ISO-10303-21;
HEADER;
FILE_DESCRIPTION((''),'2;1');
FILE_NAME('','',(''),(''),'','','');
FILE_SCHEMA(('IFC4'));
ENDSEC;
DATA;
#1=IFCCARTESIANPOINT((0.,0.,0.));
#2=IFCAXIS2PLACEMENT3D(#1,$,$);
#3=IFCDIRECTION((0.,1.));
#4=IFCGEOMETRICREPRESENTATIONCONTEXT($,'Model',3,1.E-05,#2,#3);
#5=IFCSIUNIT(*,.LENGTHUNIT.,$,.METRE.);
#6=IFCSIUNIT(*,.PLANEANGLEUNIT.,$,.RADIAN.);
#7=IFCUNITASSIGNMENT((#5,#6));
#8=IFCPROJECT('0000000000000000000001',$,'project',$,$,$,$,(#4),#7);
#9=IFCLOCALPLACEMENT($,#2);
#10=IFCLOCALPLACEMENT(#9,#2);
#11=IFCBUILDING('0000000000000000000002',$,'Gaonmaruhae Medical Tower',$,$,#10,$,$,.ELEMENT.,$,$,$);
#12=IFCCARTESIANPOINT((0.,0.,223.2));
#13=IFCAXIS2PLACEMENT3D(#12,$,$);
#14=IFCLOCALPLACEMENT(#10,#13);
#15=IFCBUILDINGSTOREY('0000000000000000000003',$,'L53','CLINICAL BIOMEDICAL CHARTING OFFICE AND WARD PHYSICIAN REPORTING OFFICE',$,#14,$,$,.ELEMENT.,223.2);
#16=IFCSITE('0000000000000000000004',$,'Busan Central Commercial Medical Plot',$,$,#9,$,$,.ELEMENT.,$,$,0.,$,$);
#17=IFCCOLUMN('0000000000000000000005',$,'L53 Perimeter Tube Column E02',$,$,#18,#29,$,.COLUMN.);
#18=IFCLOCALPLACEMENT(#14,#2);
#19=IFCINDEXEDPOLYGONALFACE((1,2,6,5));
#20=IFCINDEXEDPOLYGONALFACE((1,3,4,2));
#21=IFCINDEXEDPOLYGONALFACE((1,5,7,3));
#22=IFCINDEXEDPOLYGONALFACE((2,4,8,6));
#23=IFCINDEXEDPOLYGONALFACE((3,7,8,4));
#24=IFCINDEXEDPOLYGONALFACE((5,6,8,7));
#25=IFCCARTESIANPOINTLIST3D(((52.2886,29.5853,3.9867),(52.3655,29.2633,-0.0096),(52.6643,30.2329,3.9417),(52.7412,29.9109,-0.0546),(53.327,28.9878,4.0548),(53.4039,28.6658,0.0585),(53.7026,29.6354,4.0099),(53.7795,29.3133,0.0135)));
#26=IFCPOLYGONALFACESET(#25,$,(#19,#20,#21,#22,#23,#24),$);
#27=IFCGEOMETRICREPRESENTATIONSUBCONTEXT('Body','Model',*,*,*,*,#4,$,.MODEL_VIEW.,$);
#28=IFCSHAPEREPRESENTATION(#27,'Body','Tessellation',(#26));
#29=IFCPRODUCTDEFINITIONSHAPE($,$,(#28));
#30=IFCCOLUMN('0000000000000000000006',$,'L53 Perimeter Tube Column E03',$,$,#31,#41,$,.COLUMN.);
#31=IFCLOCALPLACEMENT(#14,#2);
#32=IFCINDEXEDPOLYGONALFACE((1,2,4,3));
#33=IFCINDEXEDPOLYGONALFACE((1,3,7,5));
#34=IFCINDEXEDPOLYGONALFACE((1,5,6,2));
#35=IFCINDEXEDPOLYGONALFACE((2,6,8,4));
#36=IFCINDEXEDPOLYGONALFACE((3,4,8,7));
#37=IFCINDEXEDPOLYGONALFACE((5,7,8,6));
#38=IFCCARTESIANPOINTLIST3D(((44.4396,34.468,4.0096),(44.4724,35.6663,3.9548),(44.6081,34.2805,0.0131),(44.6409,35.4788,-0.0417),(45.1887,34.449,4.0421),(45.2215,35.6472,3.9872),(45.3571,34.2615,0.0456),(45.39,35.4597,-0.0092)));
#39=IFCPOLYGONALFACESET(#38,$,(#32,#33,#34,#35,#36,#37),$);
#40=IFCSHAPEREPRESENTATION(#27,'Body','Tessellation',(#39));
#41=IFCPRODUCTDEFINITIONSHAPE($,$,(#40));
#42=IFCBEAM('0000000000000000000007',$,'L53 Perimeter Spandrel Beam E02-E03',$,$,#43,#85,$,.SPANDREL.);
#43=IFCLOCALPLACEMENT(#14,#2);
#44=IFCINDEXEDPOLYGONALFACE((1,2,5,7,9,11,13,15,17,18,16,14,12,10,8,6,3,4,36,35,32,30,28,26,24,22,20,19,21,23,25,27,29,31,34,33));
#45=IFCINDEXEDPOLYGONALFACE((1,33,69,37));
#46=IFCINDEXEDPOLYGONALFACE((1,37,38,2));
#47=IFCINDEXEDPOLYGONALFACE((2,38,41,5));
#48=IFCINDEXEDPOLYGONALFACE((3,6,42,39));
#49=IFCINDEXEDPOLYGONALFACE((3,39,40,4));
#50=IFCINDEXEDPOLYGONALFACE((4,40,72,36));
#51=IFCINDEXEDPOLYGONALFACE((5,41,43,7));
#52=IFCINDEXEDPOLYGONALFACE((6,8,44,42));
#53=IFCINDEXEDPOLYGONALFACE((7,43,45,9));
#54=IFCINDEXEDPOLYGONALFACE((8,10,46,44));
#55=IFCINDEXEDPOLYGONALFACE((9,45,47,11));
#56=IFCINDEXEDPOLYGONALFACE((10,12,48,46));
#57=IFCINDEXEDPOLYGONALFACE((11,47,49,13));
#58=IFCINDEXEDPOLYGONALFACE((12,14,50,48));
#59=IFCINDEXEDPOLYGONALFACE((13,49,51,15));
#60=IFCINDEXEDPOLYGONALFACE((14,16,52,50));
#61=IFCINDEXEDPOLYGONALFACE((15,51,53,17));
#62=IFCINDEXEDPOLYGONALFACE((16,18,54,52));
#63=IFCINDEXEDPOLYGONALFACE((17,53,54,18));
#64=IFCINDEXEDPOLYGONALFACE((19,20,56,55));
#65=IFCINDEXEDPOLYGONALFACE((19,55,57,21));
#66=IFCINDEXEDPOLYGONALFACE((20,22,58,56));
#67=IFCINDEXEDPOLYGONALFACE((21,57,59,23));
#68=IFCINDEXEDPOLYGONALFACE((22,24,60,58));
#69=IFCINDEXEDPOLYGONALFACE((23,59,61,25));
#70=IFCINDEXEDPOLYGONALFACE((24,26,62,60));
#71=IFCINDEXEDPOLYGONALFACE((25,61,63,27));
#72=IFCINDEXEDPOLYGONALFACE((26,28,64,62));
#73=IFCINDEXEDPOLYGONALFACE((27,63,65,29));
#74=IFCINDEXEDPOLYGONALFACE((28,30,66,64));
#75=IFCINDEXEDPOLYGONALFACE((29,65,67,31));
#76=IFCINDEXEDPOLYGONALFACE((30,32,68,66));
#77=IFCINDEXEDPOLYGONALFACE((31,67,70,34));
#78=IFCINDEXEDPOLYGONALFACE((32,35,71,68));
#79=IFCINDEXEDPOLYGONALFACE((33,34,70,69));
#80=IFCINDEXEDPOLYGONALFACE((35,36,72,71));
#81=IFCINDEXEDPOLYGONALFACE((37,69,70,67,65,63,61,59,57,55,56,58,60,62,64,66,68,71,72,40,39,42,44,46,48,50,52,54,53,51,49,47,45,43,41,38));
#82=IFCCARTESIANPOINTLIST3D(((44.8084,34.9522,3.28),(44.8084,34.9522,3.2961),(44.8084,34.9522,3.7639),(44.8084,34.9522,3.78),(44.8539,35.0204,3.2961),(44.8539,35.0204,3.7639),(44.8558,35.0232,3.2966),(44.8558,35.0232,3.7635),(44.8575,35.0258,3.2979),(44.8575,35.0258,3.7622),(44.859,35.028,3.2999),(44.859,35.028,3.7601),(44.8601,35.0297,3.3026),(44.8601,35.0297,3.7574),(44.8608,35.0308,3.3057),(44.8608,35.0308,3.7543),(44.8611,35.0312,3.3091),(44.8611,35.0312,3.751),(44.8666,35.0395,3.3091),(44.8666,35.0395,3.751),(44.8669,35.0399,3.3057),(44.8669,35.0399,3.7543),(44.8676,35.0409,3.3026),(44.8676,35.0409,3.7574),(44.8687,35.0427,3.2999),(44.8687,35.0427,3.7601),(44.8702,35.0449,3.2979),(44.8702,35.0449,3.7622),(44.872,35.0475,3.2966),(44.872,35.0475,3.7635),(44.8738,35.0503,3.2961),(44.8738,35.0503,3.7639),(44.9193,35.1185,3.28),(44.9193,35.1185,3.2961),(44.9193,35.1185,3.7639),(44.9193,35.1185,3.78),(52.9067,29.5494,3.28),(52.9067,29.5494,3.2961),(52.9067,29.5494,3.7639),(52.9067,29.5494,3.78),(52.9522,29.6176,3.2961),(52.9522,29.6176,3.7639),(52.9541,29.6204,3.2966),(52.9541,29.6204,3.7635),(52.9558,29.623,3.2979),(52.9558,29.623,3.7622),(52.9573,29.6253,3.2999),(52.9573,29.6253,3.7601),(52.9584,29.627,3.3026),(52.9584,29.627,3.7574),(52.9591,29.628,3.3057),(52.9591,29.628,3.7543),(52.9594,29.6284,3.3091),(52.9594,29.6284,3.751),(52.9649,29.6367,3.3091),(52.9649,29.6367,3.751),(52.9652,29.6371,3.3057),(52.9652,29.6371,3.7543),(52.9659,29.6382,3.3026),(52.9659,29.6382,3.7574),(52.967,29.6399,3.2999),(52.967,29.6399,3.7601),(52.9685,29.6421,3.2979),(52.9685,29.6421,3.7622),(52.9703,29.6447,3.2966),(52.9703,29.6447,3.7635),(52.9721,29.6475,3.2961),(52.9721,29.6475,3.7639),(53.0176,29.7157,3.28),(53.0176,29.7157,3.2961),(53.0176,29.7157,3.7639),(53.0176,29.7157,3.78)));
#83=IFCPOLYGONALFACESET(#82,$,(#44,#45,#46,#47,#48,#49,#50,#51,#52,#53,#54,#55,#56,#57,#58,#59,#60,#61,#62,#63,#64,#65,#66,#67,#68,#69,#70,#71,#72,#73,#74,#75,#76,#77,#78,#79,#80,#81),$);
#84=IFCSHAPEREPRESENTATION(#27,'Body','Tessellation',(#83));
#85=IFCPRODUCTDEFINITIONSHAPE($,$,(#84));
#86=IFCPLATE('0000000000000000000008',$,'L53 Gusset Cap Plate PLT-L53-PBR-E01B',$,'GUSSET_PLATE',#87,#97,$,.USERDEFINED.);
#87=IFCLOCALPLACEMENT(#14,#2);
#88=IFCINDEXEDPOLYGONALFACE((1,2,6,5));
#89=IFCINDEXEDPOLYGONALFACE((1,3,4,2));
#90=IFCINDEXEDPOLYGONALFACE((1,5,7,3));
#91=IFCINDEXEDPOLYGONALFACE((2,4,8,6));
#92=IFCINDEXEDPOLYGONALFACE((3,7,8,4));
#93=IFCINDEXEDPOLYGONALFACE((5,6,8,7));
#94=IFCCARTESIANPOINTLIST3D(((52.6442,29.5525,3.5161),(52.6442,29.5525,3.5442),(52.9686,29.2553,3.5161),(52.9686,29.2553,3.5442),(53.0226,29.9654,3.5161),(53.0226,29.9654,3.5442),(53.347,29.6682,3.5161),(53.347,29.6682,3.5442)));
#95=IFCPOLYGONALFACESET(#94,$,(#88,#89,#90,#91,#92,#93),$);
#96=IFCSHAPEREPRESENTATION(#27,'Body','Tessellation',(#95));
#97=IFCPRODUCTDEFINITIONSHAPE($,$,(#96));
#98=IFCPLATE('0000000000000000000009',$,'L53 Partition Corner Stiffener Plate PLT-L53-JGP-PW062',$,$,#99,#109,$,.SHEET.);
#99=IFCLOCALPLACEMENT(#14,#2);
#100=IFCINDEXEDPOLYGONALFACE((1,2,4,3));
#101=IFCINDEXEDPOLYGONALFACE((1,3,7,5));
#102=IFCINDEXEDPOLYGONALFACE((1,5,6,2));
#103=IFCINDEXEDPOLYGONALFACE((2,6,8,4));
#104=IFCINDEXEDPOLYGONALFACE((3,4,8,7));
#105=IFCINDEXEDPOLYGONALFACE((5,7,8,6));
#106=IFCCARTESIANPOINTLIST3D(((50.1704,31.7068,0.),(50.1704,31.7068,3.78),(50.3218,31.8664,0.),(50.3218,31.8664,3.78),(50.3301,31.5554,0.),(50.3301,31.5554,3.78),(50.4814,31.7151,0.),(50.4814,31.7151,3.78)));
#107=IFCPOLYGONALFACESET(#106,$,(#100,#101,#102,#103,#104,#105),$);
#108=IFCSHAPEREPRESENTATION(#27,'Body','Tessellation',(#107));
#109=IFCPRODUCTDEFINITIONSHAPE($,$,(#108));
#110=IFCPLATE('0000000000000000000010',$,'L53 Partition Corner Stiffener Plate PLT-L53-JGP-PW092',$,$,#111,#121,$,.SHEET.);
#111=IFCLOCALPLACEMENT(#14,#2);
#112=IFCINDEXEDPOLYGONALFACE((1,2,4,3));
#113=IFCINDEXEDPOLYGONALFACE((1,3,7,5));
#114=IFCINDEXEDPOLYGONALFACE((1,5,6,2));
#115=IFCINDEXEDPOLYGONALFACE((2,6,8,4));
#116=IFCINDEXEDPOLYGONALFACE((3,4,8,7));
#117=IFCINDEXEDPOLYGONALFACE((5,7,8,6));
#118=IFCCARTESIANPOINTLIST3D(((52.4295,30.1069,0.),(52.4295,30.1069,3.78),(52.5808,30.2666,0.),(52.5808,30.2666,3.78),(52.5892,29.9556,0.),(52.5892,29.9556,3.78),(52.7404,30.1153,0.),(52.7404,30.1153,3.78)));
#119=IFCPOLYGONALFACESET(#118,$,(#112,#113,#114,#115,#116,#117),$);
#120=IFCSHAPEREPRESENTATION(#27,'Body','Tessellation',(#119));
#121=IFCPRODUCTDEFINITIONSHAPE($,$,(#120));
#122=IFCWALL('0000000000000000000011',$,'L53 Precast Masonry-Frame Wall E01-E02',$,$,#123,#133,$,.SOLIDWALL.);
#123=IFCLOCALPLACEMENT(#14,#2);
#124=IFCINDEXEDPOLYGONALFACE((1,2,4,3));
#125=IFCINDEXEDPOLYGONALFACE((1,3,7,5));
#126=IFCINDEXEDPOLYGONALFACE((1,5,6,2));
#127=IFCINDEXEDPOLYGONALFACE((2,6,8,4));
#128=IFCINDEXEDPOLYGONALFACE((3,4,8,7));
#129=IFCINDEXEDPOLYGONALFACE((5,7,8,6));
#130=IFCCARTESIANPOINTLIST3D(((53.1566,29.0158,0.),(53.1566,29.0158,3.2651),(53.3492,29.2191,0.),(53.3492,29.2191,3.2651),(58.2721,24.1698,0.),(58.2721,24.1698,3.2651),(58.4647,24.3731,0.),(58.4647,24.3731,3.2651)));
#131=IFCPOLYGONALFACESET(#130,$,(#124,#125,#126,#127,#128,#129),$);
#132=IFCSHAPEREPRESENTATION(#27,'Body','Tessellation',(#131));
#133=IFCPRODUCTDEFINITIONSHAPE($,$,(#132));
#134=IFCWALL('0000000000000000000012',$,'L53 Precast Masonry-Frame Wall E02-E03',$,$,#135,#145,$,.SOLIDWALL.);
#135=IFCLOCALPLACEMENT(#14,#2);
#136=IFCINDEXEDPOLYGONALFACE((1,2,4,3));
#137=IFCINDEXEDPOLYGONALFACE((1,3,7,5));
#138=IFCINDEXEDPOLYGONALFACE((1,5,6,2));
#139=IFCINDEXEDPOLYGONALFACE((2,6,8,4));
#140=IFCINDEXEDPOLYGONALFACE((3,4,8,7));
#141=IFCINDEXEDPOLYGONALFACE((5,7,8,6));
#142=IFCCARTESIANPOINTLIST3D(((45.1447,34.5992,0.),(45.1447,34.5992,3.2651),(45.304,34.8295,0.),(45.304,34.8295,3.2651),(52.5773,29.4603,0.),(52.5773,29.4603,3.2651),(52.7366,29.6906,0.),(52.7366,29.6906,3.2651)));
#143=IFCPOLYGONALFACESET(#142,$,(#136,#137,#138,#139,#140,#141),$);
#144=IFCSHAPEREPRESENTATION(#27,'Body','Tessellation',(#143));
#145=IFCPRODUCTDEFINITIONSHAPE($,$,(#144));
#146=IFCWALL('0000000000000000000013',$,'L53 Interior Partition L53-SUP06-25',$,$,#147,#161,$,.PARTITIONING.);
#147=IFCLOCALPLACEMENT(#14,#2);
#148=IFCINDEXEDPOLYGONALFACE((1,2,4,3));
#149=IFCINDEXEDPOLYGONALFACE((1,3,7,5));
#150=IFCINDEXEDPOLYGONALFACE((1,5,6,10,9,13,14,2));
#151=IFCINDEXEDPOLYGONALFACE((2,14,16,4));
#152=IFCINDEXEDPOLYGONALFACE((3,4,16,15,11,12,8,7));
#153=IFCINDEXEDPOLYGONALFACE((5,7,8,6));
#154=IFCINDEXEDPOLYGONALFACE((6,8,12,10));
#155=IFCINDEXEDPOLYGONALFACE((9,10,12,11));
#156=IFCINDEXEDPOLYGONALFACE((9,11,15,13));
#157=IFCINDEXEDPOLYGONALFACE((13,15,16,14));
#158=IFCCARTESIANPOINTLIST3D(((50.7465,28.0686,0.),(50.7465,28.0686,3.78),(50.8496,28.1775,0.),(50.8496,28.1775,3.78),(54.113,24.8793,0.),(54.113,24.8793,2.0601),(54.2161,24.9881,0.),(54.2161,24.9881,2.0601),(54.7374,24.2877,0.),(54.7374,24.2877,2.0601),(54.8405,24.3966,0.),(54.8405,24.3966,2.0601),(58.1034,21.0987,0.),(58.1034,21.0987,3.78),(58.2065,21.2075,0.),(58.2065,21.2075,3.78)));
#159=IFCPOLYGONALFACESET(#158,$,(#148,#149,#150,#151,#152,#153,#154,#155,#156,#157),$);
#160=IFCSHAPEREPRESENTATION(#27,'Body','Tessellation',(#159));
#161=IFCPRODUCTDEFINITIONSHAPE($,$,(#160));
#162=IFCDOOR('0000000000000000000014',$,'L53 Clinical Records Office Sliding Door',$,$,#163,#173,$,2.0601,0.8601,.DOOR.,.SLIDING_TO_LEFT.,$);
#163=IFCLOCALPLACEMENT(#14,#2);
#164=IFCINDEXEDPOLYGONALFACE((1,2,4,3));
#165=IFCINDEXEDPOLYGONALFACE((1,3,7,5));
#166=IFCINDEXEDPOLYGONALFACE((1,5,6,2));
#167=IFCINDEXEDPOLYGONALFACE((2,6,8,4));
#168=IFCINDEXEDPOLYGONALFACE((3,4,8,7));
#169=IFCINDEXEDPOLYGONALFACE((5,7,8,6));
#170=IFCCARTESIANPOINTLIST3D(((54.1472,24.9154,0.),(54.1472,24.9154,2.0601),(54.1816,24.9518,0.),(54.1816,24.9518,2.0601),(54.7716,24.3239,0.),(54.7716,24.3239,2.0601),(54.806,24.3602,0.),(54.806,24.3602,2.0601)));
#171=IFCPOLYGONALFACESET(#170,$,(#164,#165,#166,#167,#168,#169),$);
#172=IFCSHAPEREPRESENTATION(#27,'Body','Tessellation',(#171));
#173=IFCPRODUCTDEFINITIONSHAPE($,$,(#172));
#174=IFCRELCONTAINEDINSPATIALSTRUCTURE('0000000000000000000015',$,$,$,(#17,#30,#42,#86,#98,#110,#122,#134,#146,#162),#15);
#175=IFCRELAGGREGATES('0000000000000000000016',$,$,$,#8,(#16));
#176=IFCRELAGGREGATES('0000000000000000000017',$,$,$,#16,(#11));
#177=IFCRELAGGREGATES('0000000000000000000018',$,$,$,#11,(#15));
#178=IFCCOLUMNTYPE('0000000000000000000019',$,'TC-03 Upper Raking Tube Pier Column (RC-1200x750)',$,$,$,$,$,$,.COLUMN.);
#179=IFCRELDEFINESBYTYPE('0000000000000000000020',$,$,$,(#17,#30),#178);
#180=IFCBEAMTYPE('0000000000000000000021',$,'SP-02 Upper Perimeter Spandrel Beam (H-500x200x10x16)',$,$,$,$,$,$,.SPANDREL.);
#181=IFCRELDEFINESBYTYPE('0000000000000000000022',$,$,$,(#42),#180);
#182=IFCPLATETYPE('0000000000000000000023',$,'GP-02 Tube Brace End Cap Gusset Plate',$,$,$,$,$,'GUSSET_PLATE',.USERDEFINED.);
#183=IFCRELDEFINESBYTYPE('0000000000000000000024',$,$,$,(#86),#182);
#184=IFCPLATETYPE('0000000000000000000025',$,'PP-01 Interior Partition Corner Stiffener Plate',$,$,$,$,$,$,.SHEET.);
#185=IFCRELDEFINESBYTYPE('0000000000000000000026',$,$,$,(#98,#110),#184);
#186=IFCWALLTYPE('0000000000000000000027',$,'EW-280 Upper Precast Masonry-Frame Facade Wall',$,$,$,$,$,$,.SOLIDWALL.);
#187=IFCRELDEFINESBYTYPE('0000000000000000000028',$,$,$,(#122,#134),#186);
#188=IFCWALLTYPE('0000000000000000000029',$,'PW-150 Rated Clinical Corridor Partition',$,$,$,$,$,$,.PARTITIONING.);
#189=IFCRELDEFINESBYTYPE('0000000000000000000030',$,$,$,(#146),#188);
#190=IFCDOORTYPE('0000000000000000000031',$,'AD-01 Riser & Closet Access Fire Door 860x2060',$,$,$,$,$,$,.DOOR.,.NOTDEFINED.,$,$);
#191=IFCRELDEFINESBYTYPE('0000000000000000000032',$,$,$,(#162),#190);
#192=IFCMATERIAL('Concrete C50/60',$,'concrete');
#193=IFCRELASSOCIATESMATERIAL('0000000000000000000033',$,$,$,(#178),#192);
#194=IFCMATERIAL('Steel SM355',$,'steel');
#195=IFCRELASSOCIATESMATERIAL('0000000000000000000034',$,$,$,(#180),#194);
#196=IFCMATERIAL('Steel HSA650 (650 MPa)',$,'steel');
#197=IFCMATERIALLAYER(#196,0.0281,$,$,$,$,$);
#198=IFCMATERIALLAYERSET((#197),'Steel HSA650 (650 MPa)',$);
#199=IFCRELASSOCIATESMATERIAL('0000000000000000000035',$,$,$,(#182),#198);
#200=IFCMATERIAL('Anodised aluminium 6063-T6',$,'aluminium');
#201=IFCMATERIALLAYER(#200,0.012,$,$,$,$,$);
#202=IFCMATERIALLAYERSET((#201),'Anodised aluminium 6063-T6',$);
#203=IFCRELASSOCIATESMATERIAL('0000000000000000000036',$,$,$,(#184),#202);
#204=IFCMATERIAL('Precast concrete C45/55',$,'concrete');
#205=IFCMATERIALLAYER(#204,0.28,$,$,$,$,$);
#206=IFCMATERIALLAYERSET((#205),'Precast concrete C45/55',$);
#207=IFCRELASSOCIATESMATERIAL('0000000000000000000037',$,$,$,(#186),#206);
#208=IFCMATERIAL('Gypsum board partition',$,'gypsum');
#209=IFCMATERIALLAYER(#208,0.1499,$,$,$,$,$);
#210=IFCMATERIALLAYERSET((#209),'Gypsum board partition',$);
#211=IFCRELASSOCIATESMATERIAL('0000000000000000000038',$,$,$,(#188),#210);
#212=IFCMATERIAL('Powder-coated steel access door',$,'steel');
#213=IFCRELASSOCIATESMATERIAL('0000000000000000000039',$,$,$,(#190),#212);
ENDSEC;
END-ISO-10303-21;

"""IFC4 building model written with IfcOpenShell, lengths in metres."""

from ifc_helpers import new_model, si_unit, direction, frame, frame_2d, origin, origin_2d, place, context, subcontext, project, spatial, rectangle, i_section, extrude, material, layer, layer_set, material_profile, profile_set, type_object, element, fill, save


model = new_model("IFC4")

# Units and contexts
model_context = context("Model", 3, precision=1e-05, world=origin(), true_north=direction((0.0, 1.0)))
body_context = subcontext(model_context, "Body", "Model", "MODEL_VIEW")
ifc_project = project(units=[si_unit("LENGTHUNIT", "METRE"), si_unit("PLANEANGLEUNIT", "RADIAN")], contexts=[model_context])

# Site, building, storey
site_placement = place(None, origin())
site = spatial("IfcSite", under=ifc_project, at=site_placement, Name="Busan Central Commercial Medical Plot", CompositionType="ELEMENT", RefElevation=0.0)
building_placement = place(site_placement, origin())
building = spatial("IfcBuilding", under=site, at=building_placement, Name="Gaonmaruhae Medical Tower", CompositionType="ELEMENT")
storey_placement = place(building_placement, frame((0.0, 0.0, 223.2)))
storey = spatial("IfcBuildingStorey", under=building, at=storey_placement, Name="L53", Description="CLINICAL BIOMEDICAL CHARTING OFFICE AND WARD PHYSICIAN REPORTING OFFICE", CompositionType="ELEMENT", Elevation=223.2)

# Columns
ifc_material_1 = material(Name="Concrete C50/60", Category="concrete")
ifc_material_profile_1 = material_profile(ifc_material_1, rectangle(XDim=1.2, YDim=0.75, at=origin_2d()), Name="RC-1200x750")
ifc_profile_set_1 = profile_set([ifc_material_profile_1], Name="Concrete C50/60")
column_type = type_object("IfcColumnType", Name="TC-03 Upper Raking Tube Pier Column (RC-1200x750)", PredefinedType="COLUMN", material=ifc_profile_set_1)
column_1_placement = place(storey_placement, frame((53.0725, 29.2883, 0.002), z_axis=(-0.019178, 0.080304, 0.996586), x_axis=(0.86532, -0.497994, 0.05678)))
element("IfcColumn", 1, at=column_1_placement, inside=storey, type_object=column_type, Name="L53 Perimeter Tube Column E02", PredefinedType="COLUMN", context=body_context, shape_type="SweptSolid", body=[
    extrude(rectangle(XDim=1.2, YDim=0.75, at=origin_2d()), origin(), (0.0, 0.0, 1.0), 4.01),
])
column_2_placement = place(storey_placement, frame((44.999, 34.8701, 0.002), z_axis=(-0.042069, 0.046825, 0.998017), x_axis=(-0.027354, -0.998581, 0.045698)))
element("IfcColumn", 2, at=column_2_placement, inside=storey, type_object=column_type, Name="L53 Perimeter Tube Column E03", PredefinedType="COLUMN", context=body_context, shape_type="SweptSolid", body=[
    extrude(rectangle(XDim=1.2, YDim=0.75, at=origin_2d()), origin(), (0.0, 0.0, 1.0), 4.0044),
])

# Beam
ifc_material_2 = material(Name="Steel SM355", Category="steel")
ifc_material_profile_2 = material_profile(ifc_material_2, i_section(OverallWidth=0.2, OverallDepth=0.5, WebThickness=0.01, FlangeThickness=0.0161, FilletRadius=0.0129, at=origin_2d()), Name="H-500x200x10x16")
ifc_profile_set_2 = profile_set([ifc_material_profile_2], Name="Steel SM355")
beam_type = type_object("IfcBeamType", Name="SP-02 Upper Perimeter Spandrel Beam (H-500x200x10x16)", PredefinedType="SPANDREL", material=ifc_profile_set_2)
beam_placement = place(storey_placement, frame((52.9622, 29.6326, 3.53), z_axis=(-0.831865, 0.554978, 0.0), x_axis=(-0.554978, -0.831865, 0.0)))
element("IfcBeam", 3, at=beam_placement, inside=storey, type_object=beam_type, Name="L53 Perimeter Spandrel Beam E02-E03", PredefinedType="SPANDREL", context=body_context, shape_type="SweptSolid", body=[
    extrude(i_section(OverallWidth=0.2, OverallDepth=0.5, WebThickness=0.01, FlangeThickness=0.0161, FilletRadius=0.0129, at=origin_2d()), origin(), (0.0, 0.0, 1.0), 9.7351),
])

# Plates
ifc_material_3 = material(Name="Steel HSA650 (650 MPa)", Category="steel")
ifc_layer_1 = layer(ifc_material_3, 0.0281)
ifc_layer_set_1 = layer_set([ifc_layer_1], Name="Steel HSA650 (650 MPa)")
plate_type_1 = type_object("IfcPlateType", Name="GP-02 Tube Brace End Cap Gusset Plate", ElementType="GUSSET_PLATE", PredefinedType="USERDEFINED", material=ifc_layer_set_1)
plate_placement = place(storey_placement, frame((52.9956, 29.6104, 3.5161), z_axis=(0.0, 0.0, 1.0), x_axis=(0.67559, 0.737277, 0.0)))
element("IfcPlate", 4, at=plate_placement, inside=storey, type_object=plate_type_1, Name="L53 Gusset Cap Plate PLT-L53-PBR-E01B", ObjectType="GUSSET_PLATE", PredefinedType="USERDEFINED", context=body_context, shape_type="SweptSolid", body=[
    extrude(rectangle(XDim=0.5601, YDim=0.4399, at=origin_2d()), origin(), (0.0, 0.0, 1.0), 0.0281),
])
ifc_material_4 = material(Name="Anodised aluminium 6063-T6", Category="aluminium")
ifc_layer_2 = layer(ifc_material_4, 0.012)
ifc_layer_set_2 = layer_set([ifc_layer_2], Name="Anodised aluminium 6063-T6")
plate_type_2 = type_object("IfcPlateType", Name="PP-01 Interior Partition Corner Stiffener Plate", PredefinedType="SHEET", material=ifc_layer_set_2)
for number, where, z_axis, x_axis, name in (
    (5, (50.3259, 31.7109, 0.0), (0.0, 0.0, 1.0), (-0.688089, -0.725627, 0.0), "L53 Partition Corner Stiffener Plate PLT-L53-JGP-PW062"),
    (6, (52.585, 30.1111, 0.0), (0.0, 0.0, 1.0), (0.687747, 0.725951, 0.0), "L53 Partition Corner Stiffener Plate PLT-L53-JGP-PW092"),
):
    element("IfcPlate", number, at=place(storey_placement, frame(where, z_axis=z_axis, x_axis=x_axis)), inside=storey, type_object=plate_type_2, Name=name, PredefinedType="SHEET", context=body_context, shape_type="SweptSolid", body=[
        extrude(rectangle(XDim=0.22, YDim=0.22, at=origin_2d()), origin(), (0.0, 0.0, 1.0), 3.78),
    ])

# Walls
ifc_material_5 = material(Name="Precast concrete C45/55", Category="concrete")
ifc_layer_3 = layer(ifc_material_5, 0.28)
ifc_layer_set_3 = layer_set([ifc_layer_3], Name="Precast concrete C45/55")
wall_type_1 = type_object("IfcWallType", Name="EW-280 Upper Precast Masonry-Frame Facade Wall", PredefinedType="SOLIDWALL", material=ifc_layer_set_3)
wall_1_placement = place(storey_placement, frame((53.2529, 29.1174, 0.0), z_axis=(0.0, 0.0, 1.0), x_axis=(0.725974, -0.687723, 0.0)))
element("IfcWall", 7, at=wall_1_placement, inside=storey, type_object=wall_type_1, Name="L53 Precast Masonry-Frame Wall E01-E02", PredefinedType="SOLIDWALL", context=body_context, shape_type="SweptSolid", body=[
    extrude(rectangle(XDim=7.0464, YDim=0.28, at=frame_2d((3.5232, 0.0))), origin(), (0.0, 0.0, 1.0), 3.2651),
])
wall_2_placement = place(storey_placement, frame((45.2244, 34.7144, 0.0), z_axis=(0.0, 0.0, 1.0), x_axis=(0.822541, -0.568705, 0.0)))
element("IfcWall", 8, at=wall_2_placement, inside=storey, type_object=wall_type_1, Name="L53 Precast Masonry-Frame Wall E02-E03", PredefinedType="SOLIDWALL", context=body_context, shape_type="SweptSolid", body=[
    extrude(rectangle(XDim=9.0361, YDim=0.28, at=frame_2d((4.5181, 0.0))), origin(), (0.0, 0.0, 1.0), 3.2651),
])

# Wall, opening, door
ifc_material_6 = material(Name="Gypsum board partition", Category="gypsum")
ifc_layer_4 = layer(ifc_material_6, 0.1499)
ifc_layer_set_4 = layer_set([ifc_layer_4], Name="Gypsum board partition")
wall_type_2 = type_object("IfcWallType", Name="PW-150 Rated Clinical Corridor Partition", PredefinedType="PARTITIONING", material=ifc_layer_set_4)
wall_3_placement = place(storey_placement, frame((50.7981, 28.123, 0.0), z_axis=(0.0, 0.0, 1.0), x_axis=(0.725941, -0.687757, 0.0)))
wall_3 = element("IfcWall", 9, at=wall_3_placement, inside=storey, type_object=wall_type_2, Name="L53 Interior Partition L53-SUP06-25", PredefinedType="PARTITIONING", context=body_context, shape_type="SweptSolid", body=[
    extrude(rectangle(XDim=10.1343, YDim=0.1499, at=frame_2d((5.0671, 0.0))), origin(), (0.0, 0.0, 1.0), 3.78),
])
opening_1_placement = place(wall_3_placement, frame((4.6372, 0.0, 0.0)))
opening_1 = element("IfcOpeningElement", 10, at=opening_1_placement, cuts=wall_3, PredefinedType="OPENING", context=body_context, shape_type="SweptSolid", body=[
    extrude(rectangle(XDim=0.8601, YDim=2.0601, at=frame_2d((0.4302, 1.03))), frame((0.0, 0.085, 0.0), z_axis=(0.0, -1.0, 0.0), x_axis=(1.0, 0.0, 0.0)), (0.0, 0.0, 1.0), 0.1699),
])
ifc_material_7 = material(Name="Powder-coated steel access door", Category="steel")
door_type_1 = type_object("IfcDoorType", Name="AD-01 Riser & Closet Access Fire Door 860x2060", OperationType="NOTDEFINED", PredefinedType="DOOR", material=ifc_material_7)
door_1_placement = place(opening_1_placement, origin())
door_1 = element("IfcDoor", 11, at=door_1_placement, inside=storey, type_object=door_type_1, Name="L53 Clinical Records Office Sliding Door", OperationType="SLIDING_TO_LEFT", OverallHeight=2.0601, OverallWidth=0.8601, PredefinedType="DOOR", context=body_context, shape_type="SweptSolid", body=[
    extrude(rectangle(XDim=0.8601, YDim=2.0601, at=frame_2d((0.4302, 1.03))), frame((0.0, 0.0249, 0.0), z_axis=(0.0, -1.0, 0.0), x_axis=(1.0, 0.0, 0.0)), (0.0, 0.0, 1.0), 0.05),
])
fill(opening_1, door_1)

save(model, "model.ifc")
